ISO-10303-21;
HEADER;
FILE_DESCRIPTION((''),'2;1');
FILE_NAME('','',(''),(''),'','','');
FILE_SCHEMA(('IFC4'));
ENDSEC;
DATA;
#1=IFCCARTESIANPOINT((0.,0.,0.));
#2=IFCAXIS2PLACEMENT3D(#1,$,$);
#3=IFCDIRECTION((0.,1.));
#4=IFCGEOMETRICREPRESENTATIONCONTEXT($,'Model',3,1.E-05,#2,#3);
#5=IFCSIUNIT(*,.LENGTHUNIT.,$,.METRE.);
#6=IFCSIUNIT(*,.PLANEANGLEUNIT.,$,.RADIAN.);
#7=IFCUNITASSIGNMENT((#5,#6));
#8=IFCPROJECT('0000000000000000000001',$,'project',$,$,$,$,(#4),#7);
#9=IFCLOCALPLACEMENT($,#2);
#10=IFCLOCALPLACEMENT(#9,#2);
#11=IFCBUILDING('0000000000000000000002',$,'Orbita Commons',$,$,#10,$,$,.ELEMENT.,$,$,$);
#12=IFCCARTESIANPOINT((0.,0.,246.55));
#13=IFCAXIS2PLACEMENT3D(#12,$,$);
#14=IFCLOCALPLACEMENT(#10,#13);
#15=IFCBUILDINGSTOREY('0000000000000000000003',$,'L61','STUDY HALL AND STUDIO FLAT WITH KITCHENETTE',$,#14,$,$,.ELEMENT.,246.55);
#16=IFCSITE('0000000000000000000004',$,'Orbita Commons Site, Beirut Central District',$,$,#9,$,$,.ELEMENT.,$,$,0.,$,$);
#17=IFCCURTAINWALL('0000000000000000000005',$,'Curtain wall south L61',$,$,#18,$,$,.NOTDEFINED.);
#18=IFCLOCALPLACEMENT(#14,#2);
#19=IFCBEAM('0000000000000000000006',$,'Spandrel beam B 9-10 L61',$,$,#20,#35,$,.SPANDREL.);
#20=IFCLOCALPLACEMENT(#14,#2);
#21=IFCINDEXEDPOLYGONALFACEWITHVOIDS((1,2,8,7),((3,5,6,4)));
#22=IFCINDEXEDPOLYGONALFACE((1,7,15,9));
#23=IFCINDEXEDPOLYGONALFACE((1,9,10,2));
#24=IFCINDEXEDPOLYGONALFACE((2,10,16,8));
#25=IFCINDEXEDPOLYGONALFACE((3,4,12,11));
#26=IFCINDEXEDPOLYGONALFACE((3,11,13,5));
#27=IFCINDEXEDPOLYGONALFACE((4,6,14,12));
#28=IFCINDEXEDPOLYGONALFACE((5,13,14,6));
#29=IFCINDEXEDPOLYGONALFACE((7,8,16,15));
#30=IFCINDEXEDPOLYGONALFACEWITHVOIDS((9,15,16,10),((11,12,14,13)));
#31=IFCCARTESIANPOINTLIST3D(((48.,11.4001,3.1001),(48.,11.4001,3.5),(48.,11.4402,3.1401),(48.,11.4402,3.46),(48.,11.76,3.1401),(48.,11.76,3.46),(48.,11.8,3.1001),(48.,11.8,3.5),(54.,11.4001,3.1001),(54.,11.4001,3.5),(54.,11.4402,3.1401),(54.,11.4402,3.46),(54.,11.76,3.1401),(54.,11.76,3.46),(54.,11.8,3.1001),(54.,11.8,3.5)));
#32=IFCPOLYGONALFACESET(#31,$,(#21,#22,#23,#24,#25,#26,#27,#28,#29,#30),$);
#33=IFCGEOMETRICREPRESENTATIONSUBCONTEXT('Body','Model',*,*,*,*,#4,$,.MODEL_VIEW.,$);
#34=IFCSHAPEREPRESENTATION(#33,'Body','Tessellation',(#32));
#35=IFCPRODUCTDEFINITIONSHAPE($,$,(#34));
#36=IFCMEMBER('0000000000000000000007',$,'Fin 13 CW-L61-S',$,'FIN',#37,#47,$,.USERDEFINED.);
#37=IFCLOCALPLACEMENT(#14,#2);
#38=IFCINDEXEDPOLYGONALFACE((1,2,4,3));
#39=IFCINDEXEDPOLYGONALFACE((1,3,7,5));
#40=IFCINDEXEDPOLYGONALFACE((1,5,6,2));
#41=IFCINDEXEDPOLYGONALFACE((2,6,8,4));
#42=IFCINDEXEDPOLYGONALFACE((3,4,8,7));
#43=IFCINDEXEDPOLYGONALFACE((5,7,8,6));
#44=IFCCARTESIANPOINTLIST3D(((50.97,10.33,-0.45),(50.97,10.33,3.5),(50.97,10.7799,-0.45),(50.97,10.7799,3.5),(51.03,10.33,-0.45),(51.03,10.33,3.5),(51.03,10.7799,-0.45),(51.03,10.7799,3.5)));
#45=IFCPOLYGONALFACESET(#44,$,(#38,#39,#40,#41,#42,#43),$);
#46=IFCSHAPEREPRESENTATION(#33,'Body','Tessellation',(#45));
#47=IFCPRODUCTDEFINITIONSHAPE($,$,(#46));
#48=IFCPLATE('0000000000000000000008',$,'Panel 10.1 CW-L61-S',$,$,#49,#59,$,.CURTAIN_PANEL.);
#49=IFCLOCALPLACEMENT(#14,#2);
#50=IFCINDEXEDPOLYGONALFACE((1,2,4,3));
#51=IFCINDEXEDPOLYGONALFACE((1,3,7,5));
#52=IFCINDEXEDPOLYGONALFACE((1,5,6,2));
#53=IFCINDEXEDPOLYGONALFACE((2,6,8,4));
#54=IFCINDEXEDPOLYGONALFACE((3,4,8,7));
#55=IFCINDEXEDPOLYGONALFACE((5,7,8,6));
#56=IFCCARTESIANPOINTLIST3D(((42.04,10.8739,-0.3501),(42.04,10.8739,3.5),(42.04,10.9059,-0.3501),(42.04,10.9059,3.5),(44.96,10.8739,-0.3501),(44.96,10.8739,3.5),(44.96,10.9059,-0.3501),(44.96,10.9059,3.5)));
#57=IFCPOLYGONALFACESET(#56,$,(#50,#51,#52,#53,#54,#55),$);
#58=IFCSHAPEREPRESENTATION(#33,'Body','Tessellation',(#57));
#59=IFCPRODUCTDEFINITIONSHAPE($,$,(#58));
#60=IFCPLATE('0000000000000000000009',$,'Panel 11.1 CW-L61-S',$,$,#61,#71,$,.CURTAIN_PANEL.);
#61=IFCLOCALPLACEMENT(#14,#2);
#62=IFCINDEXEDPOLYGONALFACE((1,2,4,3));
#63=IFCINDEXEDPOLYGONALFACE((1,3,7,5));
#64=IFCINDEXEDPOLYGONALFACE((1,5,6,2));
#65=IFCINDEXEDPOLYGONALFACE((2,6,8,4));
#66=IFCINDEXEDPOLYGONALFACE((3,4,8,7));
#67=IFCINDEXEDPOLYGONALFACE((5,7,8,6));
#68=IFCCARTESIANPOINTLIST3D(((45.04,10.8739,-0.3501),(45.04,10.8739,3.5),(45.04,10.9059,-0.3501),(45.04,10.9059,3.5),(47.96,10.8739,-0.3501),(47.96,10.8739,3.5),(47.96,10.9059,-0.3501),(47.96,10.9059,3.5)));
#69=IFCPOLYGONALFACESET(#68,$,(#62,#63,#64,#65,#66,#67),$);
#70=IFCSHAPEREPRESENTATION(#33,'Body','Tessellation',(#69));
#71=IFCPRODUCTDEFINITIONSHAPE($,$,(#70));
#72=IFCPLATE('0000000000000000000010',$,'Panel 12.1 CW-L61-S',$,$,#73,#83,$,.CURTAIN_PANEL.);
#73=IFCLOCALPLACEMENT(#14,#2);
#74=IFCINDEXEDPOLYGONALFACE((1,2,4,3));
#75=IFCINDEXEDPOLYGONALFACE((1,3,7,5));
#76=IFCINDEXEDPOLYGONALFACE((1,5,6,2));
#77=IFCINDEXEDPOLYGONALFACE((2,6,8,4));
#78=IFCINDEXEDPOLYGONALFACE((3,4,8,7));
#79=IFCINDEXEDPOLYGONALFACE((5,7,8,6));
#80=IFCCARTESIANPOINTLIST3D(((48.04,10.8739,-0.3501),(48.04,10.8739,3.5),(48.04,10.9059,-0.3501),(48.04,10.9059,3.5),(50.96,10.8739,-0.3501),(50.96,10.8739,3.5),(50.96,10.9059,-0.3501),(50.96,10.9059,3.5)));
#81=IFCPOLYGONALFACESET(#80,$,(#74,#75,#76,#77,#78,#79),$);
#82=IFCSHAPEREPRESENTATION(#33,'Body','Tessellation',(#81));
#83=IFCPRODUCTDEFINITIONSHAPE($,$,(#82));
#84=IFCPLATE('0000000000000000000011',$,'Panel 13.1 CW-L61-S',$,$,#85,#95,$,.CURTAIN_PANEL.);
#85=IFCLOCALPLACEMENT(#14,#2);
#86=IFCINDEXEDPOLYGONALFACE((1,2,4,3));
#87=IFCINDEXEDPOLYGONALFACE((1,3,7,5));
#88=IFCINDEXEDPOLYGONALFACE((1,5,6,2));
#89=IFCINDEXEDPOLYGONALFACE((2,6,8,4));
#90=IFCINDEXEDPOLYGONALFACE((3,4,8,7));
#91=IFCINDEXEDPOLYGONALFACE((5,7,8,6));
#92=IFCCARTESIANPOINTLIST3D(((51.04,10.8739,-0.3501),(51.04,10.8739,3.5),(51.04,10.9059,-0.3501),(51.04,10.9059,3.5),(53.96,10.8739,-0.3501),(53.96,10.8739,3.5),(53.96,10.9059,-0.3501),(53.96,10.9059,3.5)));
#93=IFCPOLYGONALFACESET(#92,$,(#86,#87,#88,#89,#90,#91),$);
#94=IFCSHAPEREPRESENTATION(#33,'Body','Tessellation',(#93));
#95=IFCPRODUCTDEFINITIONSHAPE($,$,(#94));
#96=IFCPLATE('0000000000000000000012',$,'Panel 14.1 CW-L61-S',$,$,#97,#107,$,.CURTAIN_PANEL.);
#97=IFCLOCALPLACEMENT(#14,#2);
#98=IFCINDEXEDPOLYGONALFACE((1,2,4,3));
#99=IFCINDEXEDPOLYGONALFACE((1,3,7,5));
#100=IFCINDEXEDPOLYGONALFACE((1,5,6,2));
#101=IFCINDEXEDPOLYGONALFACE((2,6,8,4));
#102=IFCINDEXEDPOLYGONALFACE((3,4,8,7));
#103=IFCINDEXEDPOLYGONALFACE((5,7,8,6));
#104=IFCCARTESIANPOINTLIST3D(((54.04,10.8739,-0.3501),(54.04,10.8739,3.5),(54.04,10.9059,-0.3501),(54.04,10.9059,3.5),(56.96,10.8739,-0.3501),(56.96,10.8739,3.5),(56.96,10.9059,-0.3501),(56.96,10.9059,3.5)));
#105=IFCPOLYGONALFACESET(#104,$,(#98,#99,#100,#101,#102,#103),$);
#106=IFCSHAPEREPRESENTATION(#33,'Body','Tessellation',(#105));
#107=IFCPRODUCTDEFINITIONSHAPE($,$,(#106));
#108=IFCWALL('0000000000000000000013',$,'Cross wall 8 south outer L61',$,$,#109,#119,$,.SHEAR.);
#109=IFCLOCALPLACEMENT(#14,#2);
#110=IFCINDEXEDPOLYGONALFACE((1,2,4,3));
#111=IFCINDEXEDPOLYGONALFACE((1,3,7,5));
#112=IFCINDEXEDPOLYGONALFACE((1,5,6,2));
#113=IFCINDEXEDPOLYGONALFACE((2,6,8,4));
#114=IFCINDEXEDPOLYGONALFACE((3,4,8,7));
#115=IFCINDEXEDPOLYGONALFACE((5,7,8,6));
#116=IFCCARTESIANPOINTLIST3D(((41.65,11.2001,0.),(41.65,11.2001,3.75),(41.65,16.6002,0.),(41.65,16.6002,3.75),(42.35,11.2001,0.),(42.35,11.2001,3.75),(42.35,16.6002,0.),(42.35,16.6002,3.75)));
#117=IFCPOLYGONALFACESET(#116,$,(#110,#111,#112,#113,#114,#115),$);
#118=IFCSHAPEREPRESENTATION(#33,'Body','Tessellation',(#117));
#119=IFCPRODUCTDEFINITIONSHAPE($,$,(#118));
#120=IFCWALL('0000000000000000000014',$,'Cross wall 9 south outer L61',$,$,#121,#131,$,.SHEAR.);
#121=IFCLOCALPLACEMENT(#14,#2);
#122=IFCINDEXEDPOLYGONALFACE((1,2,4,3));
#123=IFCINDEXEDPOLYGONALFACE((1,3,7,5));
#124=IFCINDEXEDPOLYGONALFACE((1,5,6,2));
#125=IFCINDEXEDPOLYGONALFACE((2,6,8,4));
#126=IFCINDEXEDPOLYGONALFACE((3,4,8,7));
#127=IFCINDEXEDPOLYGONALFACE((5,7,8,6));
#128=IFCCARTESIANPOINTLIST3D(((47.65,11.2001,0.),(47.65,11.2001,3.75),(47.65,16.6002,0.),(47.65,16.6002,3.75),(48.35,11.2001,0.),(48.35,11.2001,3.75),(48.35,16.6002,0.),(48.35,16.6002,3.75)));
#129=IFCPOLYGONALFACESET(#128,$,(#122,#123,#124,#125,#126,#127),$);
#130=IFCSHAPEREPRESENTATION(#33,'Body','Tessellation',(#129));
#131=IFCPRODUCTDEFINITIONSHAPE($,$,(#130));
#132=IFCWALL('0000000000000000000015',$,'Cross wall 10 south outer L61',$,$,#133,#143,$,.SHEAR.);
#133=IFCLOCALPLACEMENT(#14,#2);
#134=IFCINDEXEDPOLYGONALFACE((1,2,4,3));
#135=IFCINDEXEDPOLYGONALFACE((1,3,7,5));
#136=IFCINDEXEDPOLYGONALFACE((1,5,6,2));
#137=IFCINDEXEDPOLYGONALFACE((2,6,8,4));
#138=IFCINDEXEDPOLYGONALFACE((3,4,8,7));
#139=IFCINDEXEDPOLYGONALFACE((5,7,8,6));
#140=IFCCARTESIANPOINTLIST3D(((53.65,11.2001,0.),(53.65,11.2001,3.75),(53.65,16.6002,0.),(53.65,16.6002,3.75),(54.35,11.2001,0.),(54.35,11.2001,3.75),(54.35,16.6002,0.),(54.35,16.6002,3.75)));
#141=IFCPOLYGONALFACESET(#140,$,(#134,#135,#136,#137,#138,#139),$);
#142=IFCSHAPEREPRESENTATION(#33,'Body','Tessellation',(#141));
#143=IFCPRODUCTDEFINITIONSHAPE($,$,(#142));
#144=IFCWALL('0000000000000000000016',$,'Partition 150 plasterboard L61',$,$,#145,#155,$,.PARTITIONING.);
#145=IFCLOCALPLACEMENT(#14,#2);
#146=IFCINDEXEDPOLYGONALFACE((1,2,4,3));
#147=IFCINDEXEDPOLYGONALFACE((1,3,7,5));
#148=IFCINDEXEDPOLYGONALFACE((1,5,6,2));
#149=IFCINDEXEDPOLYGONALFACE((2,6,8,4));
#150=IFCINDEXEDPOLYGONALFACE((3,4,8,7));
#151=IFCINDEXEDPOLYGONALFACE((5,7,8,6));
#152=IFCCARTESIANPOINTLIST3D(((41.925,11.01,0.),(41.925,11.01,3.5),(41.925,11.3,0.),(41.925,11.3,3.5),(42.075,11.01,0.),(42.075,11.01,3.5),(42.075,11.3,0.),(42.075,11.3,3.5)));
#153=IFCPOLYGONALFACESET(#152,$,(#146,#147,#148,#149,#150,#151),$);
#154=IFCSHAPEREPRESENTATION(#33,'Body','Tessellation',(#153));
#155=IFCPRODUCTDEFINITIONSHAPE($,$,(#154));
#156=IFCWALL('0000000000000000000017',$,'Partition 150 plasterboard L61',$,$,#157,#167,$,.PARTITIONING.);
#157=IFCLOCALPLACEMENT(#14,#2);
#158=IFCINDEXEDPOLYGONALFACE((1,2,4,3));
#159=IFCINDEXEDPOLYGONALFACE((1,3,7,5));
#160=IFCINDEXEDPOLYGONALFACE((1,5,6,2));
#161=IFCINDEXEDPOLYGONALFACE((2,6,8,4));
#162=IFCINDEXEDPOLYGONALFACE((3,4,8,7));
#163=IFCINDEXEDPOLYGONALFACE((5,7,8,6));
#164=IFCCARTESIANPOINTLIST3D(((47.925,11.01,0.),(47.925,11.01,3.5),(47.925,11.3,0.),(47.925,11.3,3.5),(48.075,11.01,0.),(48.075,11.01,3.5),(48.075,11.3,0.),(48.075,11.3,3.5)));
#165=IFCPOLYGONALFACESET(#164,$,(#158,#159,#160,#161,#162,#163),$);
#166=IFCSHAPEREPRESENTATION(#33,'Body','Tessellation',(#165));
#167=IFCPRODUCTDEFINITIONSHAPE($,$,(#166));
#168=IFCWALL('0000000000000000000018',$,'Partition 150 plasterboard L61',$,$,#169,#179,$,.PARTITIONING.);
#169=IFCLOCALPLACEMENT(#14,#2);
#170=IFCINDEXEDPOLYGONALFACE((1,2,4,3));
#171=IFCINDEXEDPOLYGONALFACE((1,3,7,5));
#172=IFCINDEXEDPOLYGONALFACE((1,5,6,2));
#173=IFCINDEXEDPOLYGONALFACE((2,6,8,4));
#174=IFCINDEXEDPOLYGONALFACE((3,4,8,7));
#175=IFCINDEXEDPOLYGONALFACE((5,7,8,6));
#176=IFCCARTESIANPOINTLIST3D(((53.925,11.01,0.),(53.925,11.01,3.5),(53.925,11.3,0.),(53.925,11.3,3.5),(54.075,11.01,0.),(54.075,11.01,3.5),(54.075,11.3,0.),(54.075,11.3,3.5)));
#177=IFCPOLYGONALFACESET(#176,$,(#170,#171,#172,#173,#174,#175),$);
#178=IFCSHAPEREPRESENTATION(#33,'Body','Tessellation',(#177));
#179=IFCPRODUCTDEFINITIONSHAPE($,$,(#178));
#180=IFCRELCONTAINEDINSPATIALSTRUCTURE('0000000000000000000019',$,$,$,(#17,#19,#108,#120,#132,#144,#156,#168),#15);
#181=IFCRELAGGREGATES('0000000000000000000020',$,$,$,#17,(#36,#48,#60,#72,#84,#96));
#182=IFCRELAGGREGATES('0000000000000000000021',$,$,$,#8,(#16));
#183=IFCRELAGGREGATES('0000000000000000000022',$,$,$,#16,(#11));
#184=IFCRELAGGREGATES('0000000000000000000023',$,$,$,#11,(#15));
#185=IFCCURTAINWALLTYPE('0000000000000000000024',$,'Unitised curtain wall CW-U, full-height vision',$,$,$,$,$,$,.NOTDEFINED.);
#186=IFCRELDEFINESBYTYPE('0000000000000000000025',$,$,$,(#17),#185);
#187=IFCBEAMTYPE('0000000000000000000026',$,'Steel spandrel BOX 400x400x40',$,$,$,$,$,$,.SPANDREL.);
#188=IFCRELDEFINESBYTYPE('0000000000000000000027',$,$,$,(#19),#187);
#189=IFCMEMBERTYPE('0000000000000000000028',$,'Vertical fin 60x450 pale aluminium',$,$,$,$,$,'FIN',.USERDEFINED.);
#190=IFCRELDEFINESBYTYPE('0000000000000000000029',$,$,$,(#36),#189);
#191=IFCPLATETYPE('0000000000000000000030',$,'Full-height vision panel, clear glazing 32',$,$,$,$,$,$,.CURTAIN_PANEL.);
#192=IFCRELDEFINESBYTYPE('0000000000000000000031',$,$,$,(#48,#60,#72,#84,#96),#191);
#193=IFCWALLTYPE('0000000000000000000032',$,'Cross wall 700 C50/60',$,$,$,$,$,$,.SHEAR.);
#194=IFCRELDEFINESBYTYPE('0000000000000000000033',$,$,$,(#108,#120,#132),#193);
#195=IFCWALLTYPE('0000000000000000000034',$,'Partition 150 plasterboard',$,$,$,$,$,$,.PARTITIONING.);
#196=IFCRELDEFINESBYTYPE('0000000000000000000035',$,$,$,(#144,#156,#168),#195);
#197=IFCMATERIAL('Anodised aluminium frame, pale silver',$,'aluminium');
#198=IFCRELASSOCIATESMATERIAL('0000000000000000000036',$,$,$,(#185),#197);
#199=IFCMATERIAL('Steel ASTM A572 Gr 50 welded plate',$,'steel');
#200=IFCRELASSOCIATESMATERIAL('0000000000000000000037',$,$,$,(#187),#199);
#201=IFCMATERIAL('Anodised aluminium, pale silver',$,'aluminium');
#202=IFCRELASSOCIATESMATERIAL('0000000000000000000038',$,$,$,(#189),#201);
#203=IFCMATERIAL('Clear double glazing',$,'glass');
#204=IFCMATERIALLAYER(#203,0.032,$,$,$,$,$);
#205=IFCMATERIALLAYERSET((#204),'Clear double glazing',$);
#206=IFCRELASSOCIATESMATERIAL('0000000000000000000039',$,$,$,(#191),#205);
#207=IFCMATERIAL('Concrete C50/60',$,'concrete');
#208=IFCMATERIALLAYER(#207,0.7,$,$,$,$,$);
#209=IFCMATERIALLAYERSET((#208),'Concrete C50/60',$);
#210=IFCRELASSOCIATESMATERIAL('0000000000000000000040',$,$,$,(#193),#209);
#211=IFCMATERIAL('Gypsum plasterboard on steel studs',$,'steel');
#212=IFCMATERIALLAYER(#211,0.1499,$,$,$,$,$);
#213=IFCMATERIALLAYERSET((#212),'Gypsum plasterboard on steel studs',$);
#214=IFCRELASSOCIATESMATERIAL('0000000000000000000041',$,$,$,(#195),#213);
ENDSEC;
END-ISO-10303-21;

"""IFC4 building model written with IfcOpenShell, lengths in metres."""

from ifc_helpers import new_model, si_unit, direction, frame, frame_2d, origin, origin_2d, place, context, subcontext, project, spatial, rectangle, hollow_rectangle, extrude, material, layer, layer_set, material_profile, profile_set, type_object, element, aggregate, save


model = new_model("IFC4")

# Units and contexts
model_context = context("Model", 3, precision=1e-05, world=origin(), true_north=direction((0.0, 1.0)))
body_context = subcontext(model_context, "Body", "Model", "MODEL_VIEW")
ifc_project = project(units=[si_unit("LENGTHUNIT", "METRE"), si_unit("PLANEANGLEUNIT", "RADIAN")], contexts=[model_context])

# Site, building, storey
site_placement = place(None, origin())
site = spatial("IfcSite", under=ifc_project, at=site_placement, Name="Orbita Commons Site, Beirut Central District", CompositionType="ELEMENT", RefElevation=0.0)
building_placement = place(site_placement, origin())
building = spatial("IfcBuilding", under=site, at=building_placement, Name="Orbita Commons", CompositionType="ELEMENT")
storey_placement = place(building_placement, frame((0.0, 0.0, 246.55)))
storey = spatial("IfcBuildingStorey", under=building, at=storey_placement, Name="L61", Description="STUDY HALL AND STUDIO FLAT WITH KITCHENETTE", CompositionType="ELEMENT", Elevation=246.55)

# Curtain wall
ifc_material_1 = material(Name="Anodised aluminium frame, pale silver", Category="aluminium")
curtain_wall_type = type_object("IfcCurtainWallType", Name="Unitised curtain wall CW-U, full-height vision", PredefinedType="NOTDEFINED", material=ifc_material_1)
curtain_wall_placement = place(storey_placement, origin())
curtain_wall = element("IfcCurtainWall", 1, at=curtain_wall_placement, inside=storey, type_object=curtain_wall_type, Name="Curtain wall south L61", PredefinedType="NOTDEFINED")

# Beam
ifc_material_2 = material(Name="Steel ASTM A572 Gr 50 welded plate", Category="steel")
ifc_material_profile_1 = material_profile(ifc_material_2, hollow_rectangle(XDim=0.3999, YDim=0.3999, WallThickness=0.04, at=origin_2d()), Name="BOX 400x400x40")
ifc_profile_set_1 = profile_set([ifc_material_profile_1], Name="Steel ASTM A572 Gr 50 welded plate")
beam_type = type_object("IfcBeamType", Name="Steel spandrel BOX 400x400x40", PredefinedType="SPANDREL", material=ifc_profile_set_1)
for number, where, z_axis, x_axis, name in (
    (2, (48.0, 11.6001, 3.3), (1.0, 0.0, 0.0), (0.0, 1.0, 0.0), "Spandrel beam B 9-10 L61"),
):
    element("IfcBeam", number, at=place(storey_placement, frame(where, z_axis=z_axis, x_axis=x_axis)), inside=storey, type_object=beam_type, Name=name, PredefinedType="SPANDREL", context=body_context, shape_type="SweptSolid", body=[
        extrude(hollow_rectangle(XDim=0.3999, YDim=0.3999, WallThickness=0.04, at=origin_2d()), origin(), (0.0, 0.0, 1.0), 6.0),
    ])

# Member
ifc_material_3 = material(Name="Anodised aluminium, pale silver", Category="aluminium")
ifc_material_profile_2 = material_profile(ifc_material_3, rectangle(XDim=0.0601, YDim=0.45, at=origin_2d()), Name="FIN 60x450")
ifc_profile_set_2 = profile_set([ifc_material_profile_2], Name="Anodised aluminium, pale silver")
member_type_1 = type_object("IfcMemberType", Name="Vertical fin 60x450 pale aluminium", ElementType="FIN", PredefinedType="USERDEFINED", material=ifc_profile_set_2)
member_1_placement = place(storey_placement, frame((51.0, 10.5549, -0.45), z_axis=(0.0, 0.0, 1.0), x_axis=(1.0, 0.0, 0.0)))
member_1 = element("IfcMember", 3, at=member_1_placement, type_object=member_type_1, Name="Fin 13 CW-L61-S", ObjectType="FIN", PredefinedType="USERDEFINED", context=body_context, shape_type="SweptSolid", body=[
    extrude(rectangle(XDim=0.0601, YDim=0.45, at=origin_2d()), origin(), (0.0, 0.0, 1.0), 3.95),
])

# Plates
ifc_material_4 = material(Name="Clear double glazing", Category="glass")
ifc_layer_1 = layer(ifc_material_4, 0.032)
ifc_layer_set_1 = layer_set([ifc_layer_1], Name="Clear double glazing")
plate_type = type_object("IfcPlateType", Name="Full-height vision panel, clear glazing 32", PredefinedType="CURTAIN_PANEL", material=ifc_layer_set_1)
plate_1_placement = place(storey_placement, frame((43.5, 10.8899, -0.3501), z_axis=(0.0, 0.0, 1.0), x_axis=(1.0, 0.0, 0.0)))
plate_1 = element("IfcPlate", 4, at=plate_1_placement, type_object=plate_type, Name="Panel 10.1 CW-L61-S", PredefinedType="CURTAIN_PANEL", context=body_context, shape_type="SweptSolid", body=[
    extrude(rectangle(XDim=2.9199, YDim=0.032, at=origin_2d()), origin(), (0.0, 0.0, 1.0), 3.8501),
])
plate_2_placement = place(storey_placement, frame((46.5, 10.8899, -0.3501), z_axis=(0.0, 0.0, 1.0), x_axis=(1.0, 0.0, 0.0)))
plate_2 = element("IfcPlate", 5, at=plate_2_placement, type_object=plate_type, Name="Panel 11.1 CW-L61-S", PredefinedType="CURTAIN_PANEL", context=body_context, shape_type="SweptSolid", body=[
    extrude(rectangle(XDim=2.9199, YDim=0.032, at=origin_2d()), origin(), (0.0, 0.0, 1.0), 3.8501),
])
plate_3_placement = place(storey_placement, frame((49.5, 10.8899, -0.3501), z_axis=(0.0, 0.0, 1.0), x_axis=(1.0, 0.0, 0.0)))
plate_3 = element("IfcPlate", 6, at=plate_3_placement, type_object=plate_type, Name="Panel 12.1 CW-L61-S", PredefinedType="CURTAIN_PANEL", context=body_context, shape_type="SweptSolid", body=[
    extrude(rectangle(XDim=2.9199, YDim=0.032, at=origin_2d()), origin(), (0.0, 0.0, 1.0), 3.8501),
])
plate_4_placement = place(storey_placement, frame((52.5, 10.8899, -0.3501), z_axis=(0.0, 0.0, 1.0), x_axis=(1.0, 0.0, 0.0)))
plate_4 = element("IfcPlate", 7, at=plate_4_placement, type_object=plate_type, Name="Panel 13.1 CW-L61-S", PredefinedType="CURTAIN_PANEL", context=body_context, shape_type="SweptSolid", body=[
    extrude(rectangle(XDim=2.9199, YDim=0.032, at=origin_2d()), origin(), (0.0, 0.0, 1.0), 3.8501),
])
plate_5_placement = place(storey_placement, frame((55.5, 10.8899, -0.3501), z_axis=(0.0, 0.0, 1.0), x_axis=(1.0, 0.0, 0.0)))
plate_5 = element("IfcPlate", 8, at=plate_5_placement, type_object=plate_type, Name="Panel 14.1 CW-L61-S", PredefinedType="CURTAIN_PANEL", context=body_context, shape_type="SweptSolid", body=[
    extrude(rectangle(XDim=2.9199, YDim=0.032, at=origin_2d()), origin(), (0.0, 0.0, 1.0), 3.8501),
])
aggregate(curtain_wall, [member_1, plate_1, plate_2, plate_3, plate_4, plate_5])

# Walls
ifc_material_5 = material(Name="Concrete C50/60", Category="concrete")
ifc_layer_2 = layer(ifc_material_5, 0.7)
ifc_layer_set_2 = layer_set([ifc_layer_2], Name="Concrete C50/60")
wall_type_1 = type_object("IfcWallType", Name="Cross wall 700 C50/60", PredefinedType="SHEAR", material=ifc_layer_set_2)
for number, where, z_axis, x_axis, name in (
    (9, (42.0, 11.2, 0.0), (0.0, 0.0, 1.0), (0.0, 1.0, 0.0), "Cross wall 8 south outer L61"),
    (10, (48.0, 11.2, 0.0), (0.0, 0.0, 1.0), (0.0, 1.0, 0.0), "Cross wall 9 south outer L61"),
    (11, (54.0, 11.2, 0.0), (0.0, 0.0, 1.0), (0.0, 1.0, 0.0), "Cross wall 10 south outer L61"),
):
    element("IfcWall", number, at=place(storey_placement, frame(where, z_axis=z_axis, x_axis=x_axis)), inside=storey, type_object=wall_type_1, Name=name, PredefinedType="SHEAR", context=body_context, shape_type="SweptSolid", body=[
        extrude(rectangle(XDim=5.4001, YDim=0.7, at=frame_2d((2.7002, 0.0))), origin(), (0.0, 0.0, 1.0), 3.75),
    ])
ifc_material_6 = material(Name="Gypsum plasterboard on steel studs", Category="steel")
ifc_layer_3 = layer(ifc_material_6, 0.1499)
ifc_layer_set_3 = layer_set([ifc_layer_3], Name="Gypsum plasterboard on steel studs")
wall_type_2 = type_object("IfcWallType", Name="Partition 150 plasterboard", PredefinedType="PARTITIONING", material=ifc_layer_set_3)
for number, where, z_axis, x_axis, name in (
    (12, (42.0, 11.3, 0.0), (0.0, 0.0, 1.0), (0.0, -1.0, 0.0), "Partition 150 plasterboard L61"),
    (13, (48.0, 11.3, 0.0), (0.0, 0.0, 1.0), (0.0, -1.0, 0.0), "Partition 150 plasterboard L61"),
    (14, (54.0, 11.3, 0.0), (0.0, 0.0, 1.0), (0.0, -1.0, 0.0), "Partition 150 plasterboard L61"),
):
    element("IfcWall", number, at=place(storey_placement, frame(where, z_axis=z_axis, x_axis=x_axis)), inside=storey, type_object=wall_type_2, Name=name, PredefinedType="PARTITIONING", context=body_context, shape_type="SweptSolid", body=[
        extrude(rectangle(XDim=0.29, YDim=0.1499, at=frame_2d((0.145, 0.0))), origin(), (0.0, 0.0, 1.0), 3.5),
    ])

save(model, "model.ifc")
